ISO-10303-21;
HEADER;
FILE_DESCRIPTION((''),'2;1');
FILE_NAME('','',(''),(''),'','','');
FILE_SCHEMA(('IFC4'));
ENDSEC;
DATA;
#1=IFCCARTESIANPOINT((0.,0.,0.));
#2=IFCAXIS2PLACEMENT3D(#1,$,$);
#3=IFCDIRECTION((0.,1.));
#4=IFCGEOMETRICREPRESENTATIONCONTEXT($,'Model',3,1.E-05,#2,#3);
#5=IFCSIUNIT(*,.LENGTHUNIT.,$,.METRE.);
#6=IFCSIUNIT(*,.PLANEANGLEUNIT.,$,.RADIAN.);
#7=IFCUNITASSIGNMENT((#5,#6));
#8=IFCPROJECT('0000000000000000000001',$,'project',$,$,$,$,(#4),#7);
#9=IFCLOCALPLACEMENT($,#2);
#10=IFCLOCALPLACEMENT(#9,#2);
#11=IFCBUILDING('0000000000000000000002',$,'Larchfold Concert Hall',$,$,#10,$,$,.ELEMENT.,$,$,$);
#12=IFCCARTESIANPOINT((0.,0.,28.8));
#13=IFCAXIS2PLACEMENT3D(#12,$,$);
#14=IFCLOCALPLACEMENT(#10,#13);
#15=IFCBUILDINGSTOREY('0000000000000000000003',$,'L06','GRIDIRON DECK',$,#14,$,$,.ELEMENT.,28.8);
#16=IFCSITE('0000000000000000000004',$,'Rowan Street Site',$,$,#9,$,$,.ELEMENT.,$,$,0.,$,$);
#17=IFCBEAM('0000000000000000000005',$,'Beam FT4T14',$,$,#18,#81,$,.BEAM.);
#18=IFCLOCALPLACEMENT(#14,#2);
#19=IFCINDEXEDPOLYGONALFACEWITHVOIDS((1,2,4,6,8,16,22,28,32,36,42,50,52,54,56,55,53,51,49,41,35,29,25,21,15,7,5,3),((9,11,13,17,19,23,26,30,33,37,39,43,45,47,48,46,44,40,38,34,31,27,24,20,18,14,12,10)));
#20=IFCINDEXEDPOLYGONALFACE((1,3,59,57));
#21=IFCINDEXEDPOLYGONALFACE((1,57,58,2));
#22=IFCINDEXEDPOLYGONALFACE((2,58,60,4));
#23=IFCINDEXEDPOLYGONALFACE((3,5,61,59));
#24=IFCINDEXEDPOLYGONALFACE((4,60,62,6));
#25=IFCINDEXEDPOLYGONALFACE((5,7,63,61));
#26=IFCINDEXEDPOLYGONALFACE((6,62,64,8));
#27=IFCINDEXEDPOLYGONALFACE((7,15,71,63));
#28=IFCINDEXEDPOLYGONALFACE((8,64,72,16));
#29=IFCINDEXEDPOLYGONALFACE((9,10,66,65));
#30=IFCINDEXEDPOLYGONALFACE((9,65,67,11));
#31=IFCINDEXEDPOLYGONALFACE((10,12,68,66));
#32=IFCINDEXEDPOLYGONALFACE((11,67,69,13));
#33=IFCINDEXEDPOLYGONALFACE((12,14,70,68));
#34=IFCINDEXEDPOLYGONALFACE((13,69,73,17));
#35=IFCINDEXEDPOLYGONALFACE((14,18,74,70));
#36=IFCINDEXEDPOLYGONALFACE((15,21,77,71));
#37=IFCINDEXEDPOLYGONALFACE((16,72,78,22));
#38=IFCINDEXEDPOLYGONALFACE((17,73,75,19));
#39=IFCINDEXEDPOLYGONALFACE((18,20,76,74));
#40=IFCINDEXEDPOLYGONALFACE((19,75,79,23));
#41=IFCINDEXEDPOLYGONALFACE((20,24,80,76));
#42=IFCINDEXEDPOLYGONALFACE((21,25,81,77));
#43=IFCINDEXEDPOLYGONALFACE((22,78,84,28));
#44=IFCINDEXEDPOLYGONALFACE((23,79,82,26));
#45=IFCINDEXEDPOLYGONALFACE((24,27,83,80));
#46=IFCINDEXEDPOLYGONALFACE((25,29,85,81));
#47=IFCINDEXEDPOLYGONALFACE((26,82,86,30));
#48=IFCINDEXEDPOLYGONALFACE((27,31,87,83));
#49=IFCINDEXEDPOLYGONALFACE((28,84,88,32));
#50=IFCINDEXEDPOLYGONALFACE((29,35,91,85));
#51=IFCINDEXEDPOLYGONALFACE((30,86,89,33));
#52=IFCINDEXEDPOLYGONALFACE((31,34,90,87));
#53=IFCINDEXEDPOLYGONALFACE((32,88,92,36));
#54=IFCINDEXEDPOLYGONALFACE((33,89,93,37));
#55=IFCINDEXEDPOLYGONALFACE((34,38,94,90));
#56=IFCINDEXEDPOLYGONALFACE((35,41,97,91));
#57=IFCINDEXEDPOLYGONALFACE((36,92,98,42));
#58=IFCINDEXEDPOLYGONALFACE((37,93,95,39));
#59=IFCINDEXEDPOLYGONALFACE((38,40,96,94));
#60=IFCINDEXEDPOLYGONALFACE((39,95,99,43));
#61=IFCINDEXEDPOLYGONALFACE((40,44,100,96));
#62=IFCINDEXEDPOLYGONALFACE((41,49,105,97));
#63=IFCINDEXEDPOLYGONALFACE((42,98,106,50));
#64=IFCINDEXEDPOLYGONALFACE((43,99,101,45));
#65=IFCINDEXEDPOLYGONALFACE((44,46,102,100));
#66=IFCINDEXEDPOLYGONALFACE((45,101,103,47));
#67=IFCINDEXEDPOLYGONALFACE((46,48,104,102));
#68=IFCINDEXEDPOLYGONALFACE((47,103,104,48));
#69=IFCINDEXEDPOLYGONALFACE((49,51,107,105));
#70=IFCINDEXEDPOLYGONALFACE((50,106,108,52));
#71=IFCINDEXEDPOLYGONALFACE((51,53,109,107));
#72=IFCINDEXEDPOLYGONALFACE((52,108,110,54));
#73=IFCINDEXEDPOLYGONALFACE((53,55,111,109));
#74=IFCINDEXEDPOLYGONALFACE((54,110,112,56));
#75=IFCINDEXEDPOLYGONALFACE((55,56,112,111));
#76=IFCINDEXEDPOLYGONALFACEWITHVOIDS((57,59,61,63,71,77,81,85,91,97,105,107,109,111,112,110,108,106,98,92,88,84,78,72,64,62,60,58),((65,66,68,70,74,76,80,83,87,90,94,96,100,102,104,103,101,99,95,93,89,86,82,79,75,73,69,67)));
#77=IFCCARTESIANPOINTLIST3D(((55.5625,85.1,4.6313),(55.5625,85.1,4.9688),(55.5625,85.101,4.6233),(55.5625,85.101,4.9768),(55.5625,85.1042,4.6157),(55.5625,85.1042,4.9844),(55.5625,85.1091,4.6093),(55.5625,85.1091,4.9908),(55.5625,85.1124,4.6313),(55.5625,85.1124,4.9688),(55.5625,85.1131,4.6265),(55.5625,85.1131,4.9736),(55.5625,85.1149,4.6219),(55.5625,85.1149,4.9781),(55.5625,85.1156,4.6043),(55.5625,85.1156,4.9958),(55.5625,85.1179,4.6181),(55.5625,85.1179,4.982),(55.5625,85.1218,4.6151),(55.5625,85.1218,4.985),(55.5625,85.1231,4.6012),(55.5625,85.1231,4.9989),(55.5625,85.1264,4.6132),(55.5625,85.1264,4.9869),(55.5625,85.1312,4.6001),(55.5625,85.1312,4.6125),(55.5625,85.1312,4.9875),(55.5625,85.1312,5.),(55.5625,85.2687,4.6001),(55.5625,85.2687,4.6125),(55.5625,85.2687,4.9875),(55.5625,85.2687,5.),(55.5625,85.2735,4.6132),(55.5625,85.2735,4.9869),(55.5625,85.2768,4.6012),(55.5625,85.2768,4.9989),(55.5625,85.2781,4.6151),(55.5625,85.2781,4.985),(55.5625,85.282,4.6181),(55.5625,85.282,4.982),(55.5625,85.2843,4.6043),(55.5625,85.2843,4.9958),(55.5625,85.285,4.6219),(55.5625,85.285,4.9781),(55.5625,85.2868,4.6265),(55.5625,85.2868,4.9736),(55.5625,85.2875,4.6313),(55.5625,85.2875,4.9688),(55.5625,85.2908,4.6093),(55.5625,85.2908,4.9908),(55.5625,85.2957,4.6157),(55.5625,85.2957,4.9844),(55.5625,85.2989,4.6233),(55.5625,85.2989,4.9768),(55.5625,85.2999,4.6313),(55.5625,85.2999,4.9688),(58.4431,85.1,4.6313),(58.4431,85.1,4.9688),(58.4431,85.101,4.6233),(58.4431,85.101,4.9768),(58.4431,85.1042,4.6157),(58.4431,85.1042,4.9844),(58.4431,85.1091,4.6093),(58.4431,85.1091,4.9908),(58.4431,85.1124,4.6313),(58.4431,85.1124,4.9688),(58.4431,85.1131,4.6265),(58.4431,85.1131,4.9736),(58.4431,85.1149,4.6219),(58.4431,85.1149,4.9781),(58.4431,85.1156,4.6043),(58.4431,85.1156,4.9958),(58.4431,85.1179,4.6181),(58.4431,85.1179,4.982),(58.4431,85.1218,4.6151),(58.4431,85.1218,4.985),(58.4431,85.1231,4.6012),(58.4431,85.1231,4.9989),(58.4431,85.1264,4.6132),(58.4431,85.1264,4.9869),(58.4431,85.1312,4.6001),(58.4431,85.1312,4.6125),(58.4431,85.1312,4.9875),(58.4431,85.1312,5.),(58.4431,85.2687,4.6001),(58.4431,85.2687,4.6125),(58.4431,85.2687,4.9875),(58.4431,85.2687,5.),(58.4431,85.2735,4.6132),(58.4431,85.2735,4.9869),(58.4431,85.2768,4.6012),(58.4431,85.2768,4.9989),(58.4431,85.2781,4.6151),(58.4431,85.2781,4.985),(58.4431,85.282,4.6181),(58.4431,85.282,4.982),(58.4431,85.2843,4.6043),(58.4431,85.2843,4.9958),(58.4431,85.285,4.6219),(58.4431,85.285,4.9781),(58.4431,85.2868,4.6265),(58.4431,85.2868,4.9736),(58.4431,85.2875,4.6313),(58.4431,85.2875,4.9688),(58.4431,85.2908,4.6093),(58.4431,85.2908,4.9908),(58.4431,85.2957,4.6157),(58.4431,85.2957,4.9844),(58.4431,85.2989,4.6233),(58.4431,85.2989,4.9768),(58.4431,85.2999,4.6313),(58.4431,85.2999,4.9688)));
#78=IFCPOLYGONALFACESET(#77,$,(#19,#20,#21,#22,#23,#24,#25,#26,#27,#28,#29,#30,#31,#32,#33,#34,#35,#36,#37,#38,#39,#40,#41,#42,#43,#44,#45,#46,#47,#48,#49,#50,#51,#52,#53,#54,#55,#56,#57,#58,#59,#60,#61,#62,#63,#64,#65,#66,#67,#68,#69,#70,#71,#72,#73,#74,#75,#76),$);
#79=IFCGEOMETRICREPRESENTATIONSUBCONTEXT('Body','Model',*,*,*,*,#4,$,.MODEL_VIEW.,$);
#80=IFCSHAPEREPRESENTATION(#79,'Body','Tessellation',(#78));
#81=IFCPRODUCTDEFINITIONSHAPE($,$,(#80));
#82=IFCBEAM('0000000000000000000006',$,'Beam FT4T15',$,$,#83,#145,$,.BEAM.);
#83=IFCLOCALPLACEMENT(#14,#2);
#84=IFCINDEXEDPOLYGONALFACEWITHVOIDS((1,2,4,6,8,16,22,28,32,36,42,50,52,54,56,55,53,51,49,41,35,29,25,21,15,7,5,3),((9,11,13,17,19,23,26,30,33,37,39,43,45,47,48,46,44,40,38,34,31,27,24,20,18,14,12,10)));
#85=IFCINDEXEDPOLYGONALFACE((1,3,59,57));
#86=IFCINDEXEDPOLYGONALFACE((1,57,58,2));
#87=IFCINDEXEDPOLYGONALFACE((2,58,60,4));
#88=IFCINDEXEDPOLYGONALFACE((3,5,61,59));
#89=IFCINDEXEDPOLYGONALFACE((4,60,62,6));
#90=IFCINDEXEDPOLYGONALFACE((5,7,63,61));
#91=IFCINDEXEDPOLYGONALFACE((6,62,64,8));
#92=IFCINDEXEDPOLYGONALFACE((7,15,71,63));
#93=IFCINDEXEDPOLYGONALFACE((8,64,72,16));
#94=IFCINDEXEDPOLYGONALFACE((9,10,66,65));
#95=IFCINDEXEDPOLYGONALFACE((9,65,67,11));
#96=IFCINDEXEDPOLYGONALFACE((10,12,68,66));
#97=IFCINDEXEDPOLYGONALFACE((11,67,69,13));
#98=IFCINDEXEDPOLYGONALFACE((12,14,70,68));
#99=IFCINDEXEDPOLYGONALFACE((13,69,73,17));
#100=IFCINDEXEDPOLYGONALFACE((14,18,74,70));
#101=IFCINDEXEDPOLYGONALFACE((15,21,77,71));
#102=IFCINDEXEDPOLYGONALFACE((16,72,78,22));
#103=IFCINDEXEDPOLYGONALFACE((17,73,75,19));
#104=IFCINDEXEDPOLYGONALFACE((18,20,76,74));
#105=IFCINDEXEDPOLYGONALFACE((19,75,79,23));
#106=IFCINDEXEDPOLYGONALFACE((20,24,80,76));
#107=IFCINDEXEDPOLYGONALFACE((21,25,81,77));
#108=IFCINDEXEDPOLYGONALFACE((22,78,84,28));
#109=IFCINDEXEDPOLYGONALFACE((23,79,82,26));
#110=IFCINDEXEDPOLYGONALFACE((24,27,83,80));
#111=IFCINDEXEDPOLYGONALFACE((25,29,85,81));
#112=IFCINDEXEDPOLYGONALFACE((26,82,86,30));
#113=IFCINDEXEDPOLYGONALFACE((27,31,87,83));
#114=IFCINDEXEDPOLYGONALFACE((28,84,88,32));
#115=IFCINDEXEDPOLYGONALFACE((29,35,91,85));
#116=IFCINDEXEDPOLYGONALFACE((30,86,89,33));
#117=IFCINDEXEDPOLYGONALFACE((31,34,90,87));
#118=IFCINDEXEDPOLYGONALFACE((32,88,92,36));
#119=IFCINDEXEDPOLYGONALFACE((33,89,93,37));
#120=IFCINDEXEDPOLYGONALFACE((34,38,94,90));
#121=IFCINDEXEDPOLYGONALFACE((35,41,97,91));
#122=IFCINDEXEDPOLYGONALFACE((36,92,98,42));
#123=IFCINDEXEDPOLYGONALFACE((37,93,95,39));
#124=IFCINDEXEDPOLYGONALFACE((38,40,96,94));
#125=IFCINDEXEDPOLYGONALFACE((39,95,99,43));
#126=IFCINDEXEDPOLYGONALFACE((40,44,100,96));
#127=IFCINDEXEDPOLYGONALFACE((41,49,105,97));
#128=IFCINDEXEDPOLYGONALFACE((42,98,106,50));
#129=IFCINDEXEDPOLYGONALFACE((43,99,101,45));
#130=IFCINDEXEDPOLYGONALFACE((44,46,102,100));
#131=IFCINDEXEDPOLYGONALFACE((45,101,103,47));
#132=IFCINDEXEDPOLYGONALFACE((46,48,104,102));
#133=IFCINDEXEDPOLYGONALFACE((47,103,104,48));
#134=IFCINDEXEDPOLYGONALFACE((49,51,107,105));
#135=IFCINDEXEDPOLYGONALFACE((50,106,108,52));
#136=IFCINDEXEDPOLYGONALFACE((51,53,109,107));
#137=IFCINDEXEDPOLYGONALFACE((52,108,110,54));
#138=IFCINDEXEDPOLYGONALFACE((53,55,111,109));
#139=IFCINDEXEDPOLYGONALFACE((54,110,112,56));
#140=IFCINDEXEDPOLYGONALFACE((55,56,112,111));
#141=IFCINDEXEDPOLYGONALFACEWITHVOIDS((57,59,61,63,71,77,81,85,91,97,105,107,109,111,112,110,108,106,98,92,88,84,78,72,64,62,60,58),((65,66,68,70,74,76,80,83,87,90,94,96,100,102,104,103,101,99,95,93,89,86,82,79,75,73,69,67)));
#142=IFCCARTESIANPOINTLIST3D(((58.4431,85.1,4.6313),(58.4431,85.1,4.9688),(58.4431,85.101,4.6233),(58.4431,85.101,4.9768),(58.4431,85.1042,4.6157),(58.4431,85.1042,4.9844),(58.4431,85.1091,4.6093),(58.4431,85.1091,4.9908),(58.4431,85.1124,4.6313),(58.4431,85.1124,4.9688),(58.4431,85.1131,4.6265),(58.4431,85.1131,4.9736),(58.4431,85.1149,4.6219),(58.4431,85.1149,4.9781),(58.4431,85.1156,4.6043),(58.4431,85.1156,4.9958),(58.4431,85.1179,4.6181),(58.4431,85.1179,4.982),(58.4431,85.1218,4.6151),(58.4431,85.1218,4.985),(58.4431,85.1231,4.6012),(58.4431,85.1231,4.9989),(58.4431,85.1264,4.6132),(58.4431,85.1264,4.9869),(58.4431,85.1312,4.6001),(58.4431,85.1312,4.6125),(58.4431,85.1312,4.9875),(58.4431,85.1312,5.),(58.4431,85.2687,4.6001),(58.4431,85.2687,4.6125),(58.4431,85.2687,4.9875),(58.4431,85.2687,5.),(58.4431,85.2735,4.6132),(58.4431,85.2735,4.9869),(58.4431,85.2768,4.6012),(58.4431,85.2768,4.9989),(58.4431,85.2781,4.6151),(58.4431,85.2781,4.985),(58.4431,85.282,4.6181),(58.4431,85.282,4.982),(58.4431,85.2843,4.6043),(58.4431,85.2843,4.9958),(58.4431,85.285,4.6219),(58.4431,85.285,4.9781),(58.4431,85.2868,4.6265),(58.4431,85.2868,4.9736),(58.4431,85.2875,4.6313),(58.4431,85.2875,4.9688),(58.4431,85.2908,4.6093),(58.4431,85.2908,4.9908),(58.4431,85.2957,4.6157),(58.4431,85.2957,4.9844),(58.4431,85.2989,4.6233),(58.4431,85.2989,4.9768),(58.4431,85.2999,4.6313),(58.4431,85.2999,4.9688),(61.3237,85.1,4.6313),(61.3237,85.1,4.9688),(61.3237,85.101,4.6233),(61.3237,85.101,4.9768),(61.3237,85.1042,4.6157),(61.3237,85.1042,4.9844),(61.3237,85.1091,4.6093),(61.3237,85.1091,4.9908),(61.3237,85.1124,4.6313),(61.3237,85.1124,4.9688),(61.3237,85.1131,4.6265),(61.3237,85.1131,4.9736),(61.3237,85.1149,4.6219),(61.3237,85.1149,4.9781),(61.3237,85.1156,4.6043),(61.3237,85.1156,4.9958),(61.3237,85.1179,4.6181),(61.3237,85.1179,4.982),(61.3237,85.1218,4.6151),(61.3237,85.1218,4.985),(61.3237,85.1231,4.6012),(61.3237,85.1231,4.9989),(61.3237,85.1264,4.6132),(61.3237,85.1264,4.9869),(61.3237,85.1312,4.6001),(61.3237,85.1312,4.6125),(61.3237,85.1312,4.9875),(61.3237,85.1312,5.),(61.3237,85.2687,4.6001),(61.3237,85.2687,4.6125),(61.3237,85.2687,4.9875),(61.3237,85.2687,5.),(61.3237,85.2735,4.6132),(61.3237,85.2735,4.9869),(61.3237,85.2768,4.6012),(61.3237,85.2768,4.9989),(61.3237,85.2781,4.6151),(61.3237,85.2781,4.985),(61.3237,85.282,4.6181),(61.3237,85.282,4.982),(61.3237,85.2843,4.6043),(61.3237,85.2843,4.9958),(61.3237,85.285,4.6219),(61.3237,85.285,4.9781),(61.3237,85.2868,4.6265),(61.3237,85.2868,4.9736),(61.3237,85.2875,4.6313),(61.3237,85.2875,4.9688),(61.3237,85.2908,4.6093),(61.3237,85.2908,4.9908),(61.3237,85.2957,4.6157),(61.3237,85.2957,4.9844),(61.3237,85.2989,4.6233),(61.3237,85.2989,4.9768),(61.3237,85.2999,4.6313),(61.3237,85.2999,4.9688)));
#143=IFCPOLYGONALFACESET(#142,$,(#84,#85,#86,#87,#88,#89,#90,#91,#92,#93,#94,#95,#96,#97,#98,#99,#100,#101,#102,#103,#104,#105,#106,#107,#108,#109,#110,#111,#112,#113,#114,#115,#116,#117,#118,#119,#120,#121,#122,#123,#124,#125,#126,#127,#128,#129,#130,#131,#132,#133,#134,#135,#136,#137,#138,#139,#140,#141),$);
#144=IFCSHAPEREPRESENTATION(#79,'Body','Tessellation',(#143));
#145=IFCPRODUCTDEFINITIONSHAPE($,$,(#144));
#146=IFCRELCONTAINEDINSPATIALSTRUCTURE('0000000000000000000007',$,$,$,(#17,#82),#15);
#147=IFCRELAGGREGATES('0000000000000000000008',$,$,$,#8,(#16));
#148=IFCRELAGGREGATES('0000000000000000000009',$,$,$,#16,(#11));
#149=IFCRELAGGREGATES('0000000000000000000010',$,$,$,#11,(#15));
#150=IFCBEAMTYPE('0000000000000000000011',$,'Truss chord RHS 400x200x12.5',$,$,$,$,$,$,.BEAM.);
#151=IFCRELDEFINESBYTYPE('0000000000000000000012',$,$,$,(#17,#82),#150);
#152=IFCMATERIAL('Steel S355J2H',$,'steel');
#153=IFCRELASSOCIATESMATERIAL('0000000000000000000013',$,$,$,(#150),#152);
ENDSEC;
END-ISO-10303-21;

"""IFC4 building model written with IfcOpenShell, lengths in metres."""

from ifc_helpers import new_model, si_unit, direction, frame, origin, origin_2d, place, context, subcontext, project, spatial, hollow_rectangle, extrude, material, material_profile, profile_set, type_object, element, save


model = new_model("IFC4")

# Units and contexts
model_context = context("Model", 3, precision=1e-05, world=origin(), true_north=direction((0.0, 1.0)))
body_context = subcontext(model_context, "Body", "Model", "MODEL_VIEW")
ifc_project = project(units=[si_unit("LENGTHUNIT", "METRE"), si_unit("PLANEANGLEUNIT", "RADIAN")], contexts=[model_context])

# Site, building, storey
site_placement = place(None, origin())
site = spatial("IfcSite", under=ifc_project, at=site_placement, Name="Rowan Street Site", CompositionType="ELEMENT", RefElevation=0.0)
building_placement = place(site_placement, origin())
building = spatial("IfcBuilding", under=site, at=building_placement, Name="Larchfold Concert Hall", CompositionType="ELEMENT")
storey_placement = place(building_placement, frame((0.0, 0.0, 28.8)))
storey = spatial("IfcBuildingStorey", under=building, at=storey_placement, Name="L06", Description="GRIDIRON DECK", CompositionType="ELEMENT", Elevation=28.8)

# Beams
ifc_material_1 = material(Name="Steel S355J2H", Category="steel")
ifc_material_profile_1 = material_profile(ifc_material_1, hollow_rectangle(XDim=0.2, YDim=0.3999, WallThickness=0.0125, InnerFilletRadius=0.0188, OuterFilletRadius=0.0312, at=origin_2d()))
ifc_profile_set_1 = profile_set([ifc_material_profile_1], Name="Steel S355J2H")
beam_type_1 = type_object("IfcBeamType", Name="Truss chord RHS 400x200x12.5", PredefinedType="BEAM", material=ifc_profile_set_1)
for number, where, z_axis, x_axis, name in (
    (1, (55.5625, 85.2, 4.8), (1.0, 0.0, 0.0), (0.0, 1.0, 0.0), "Beam FT4T14"),
    (2, (58.4431, 85.2, 4.8), (1.0, 0.0, 0.0), (0.0, 1.0, 0.0), "Beam FT4T15"),
):
    element("IfcBeam", number, at=place(storey_placement, frame(where, z_axis=z_axis, x_axis=x_axis)), inside=storey, type_object=beam_type_1, Name=name, PredefinedType="BEAM", context=body_context, shape_type="SweptSolid", body=[
        extrude(hollow_rectangle(XDim=0.2, YDim=0.3999, WallThickness=0.0125, InnerFilletRadius=0.0188, OuterFilletRadius=0.0312, at=origin_2d()), origin(), (0.0, 0.0, 1.0), 2.8806),
    ])

save(model, "model.ifc")
